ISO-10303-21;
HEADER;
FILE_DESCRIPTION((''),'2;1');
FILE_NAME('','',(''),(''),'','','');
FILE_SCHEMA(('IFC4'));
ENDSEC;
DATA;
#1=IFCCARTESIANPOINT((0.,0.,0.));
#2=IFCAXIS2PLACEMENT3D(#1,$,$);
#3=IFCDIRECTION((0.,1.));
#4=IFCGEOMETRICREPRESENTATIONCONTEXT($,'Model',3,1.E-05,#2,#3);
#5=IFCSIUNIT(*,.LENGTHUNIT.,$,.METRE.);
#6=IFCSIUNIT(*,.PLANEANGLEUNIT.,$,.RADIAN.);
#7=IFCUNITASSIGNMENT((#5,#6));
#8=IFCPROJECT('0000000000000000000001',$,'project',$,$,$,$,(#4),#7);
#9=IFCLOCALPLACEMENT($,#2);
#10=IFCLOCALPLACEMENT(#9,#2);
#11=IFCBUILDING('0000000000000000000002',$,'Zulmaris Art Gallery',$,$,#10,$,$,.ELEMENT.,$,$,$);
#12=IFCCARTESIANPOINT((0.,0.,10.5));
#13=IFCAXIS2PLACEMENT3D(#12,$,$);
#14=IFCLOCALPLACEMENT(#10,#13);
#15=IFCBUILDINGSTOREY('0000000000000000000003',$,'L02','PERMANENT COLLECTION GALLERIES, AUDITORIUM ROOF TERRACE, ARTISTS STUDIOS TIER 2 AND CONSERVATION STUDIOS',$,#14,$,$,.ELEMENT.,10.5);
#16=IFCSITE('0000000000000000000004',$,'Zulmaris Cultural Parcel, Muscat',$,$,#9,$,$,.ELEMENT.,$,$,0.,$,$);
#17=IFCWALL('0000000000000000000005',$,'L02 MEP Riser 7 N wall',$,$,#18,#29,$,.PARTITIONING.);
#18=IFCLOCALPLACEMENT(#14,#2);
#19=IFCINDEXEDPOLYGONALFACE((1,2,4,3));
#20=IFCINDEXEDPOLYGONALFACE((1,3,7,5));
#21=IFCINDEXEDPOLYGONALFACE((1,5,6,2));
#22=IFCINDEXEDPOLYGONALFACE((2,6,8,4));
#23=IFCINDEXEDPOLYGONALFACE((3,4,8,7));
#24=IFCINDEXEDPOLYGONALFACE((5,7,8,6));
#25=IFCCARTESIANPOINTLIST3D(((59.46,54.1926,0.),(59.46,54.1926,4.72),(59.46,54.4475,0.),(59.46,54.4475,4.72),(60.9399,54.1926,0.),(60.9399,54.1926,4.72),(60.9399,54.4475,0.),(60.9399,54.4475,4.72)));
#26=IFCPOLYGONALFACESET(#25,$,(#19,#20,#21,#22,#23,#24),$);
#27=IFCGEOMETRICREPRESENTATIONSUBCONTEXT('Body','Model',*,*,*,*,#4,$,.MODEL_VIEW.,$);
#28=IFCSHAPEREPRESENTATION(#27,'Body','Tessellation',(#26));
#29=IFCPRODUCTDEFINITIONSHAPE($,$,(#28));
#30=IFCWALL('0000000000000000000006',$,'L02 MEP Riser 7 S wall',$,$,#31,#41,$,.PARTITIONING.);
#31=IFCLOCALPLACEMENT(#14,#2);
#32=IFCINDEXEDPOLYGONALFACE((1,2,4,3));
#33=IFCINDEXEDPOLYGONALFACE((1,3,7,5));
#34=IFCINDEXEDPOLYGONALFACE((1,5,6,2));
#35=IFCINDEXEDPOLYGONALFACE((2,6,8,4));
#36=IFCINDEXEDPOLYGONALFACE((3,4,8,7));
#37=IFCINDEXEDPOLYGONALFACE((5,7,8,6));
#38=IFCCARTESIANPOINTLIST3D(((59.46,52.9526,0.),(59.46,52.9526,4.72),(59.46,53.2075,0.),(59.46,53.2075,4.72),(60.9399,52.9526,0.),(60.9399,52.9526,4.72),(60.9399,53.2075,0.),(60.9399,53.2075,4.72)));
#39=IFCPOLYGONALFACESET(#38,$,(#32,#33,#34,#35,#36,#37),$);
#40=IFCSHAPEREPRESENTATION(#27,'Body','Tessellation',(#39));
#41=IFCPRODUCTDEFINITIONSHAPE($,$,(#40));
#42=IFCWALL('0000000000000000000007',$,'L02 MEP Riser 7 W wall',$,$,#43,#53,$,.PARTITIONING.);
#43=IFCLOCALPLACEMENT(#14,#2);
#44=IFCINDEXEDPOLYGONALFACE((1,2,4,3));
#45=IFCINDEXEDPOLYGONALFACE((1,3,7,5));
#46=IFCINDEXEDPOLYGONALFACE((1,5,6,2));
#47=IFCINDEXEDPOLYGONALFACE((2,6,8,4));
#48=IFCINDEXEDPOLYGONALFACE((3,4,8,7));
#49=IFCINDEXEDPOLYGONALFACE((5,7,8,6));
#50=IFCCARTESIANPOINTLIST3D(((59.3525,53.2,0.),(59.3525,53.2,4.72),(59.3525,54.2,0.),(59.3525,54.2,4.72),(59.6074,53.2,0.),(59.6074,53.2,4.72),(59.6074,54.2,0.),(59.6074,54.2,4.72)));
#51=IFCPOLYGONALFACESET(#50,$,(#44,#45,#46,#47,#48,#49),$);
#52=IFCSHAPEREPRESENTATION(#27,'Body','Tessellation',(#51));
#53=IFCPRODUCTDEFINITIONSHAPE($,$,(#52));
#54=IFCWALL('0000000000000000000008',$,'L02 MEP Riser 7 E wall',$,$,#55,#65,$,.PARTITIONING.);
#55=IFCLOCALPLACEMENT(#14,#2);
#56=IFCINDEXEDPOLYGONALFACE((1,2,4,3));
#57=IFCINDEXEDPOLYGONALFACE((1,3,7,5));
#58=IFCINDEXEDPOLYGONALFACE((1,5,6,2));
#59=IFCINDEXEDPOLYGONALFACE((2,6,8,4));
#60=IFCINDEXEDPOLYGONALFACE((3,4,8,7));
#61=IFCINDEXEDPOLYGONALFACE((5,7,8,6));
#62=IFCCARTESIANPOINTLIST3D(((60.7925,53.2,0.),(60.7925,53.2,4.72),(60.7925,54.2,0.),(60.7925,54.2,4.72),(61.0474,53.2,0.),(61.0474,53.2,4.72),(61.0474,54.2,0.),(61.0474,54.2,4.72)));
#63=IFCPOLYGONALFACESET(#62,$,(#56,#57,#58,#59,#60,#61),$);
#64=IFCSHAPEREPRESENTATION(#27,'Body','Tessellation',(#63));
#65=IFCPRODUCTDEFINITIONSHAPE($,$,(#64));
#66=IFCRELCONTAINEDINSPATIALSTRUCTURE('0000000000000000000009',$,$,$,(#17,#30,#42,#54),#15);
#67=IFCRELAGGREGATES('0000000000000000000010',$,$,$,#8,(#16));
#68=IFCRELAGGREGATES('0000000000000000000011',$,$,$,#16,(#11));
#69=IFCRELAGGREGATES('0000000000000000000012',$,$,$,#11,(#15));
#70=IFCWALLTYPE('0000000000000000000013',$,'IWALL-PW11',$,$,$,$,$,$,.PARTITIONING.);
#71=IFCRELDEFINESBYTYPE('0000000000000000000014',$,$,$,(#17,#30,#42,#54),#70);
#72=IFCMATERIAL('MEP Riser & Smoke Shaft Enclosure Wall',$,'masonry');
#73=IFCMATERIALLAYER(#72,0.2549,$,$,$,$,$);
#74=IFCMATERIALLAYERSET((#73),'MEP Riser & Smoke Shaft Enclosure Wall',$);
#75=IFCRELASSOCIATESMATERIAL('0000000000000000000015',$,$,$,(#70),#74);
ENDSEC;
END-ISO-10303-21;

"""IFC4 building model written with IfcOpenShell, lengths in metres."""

from ifc_helpers import new_model, si_unit, direction, frame, frame_2d, origin, place, context, subcontext, project, spatial, rectangle, extrude, material, layer, layer_set, type_object, element, save


model = new_model("IFC4")

# Units and contexts
model_context = context("Model", 3, precision=1e-05, world=origin(), true_north=direction((0.0, 1.0)))
body_context = subcontext(model_context, "Body", "Model", "MODEL_VIEW")
ifc_project = project(units=[si_unit("LENGTHUNIT", "METRE"), si_unit("PLANEANGLEUNIT", "RADIAN")], contexts=[model_context])

# Site, building, storey
site_placement = place(None, origin())
site = spatial("IfcSite", under=ifc_project, at=site_placement, Name="Zulmaris Cultural Parcel, Muscat", CompositionType="ELEMENT", RefElevation=0.0)
building_placement = place(site_placement, origin())
building = spatial("IfcBuilding", under=site, at=building_placement, Name="Zulmaris Art Gallery", CompositionType="ELEMENT")
storey_placement = place(building_placement, frame((0.0, 0.0, 10.5)))
storey = spatial("IfcBuildingStorey", under=building, at=storey_placement, Name="L02", Description="PERMANENT COLLECTION GALLERIES, AUDITORIUM ROOF TERRACE, ARTISTS STUDIOS TIER 2 AND CONSERVATION STUDIOS", CompositionType="ELEMENT", Elevation=10.5)

# Walls
ifc_material_1 = material(Name="MEP Riser & Smoke Shaft Enclosure Wall", Category="masonry")
ifc_layer_1 = layer(ifc_material_1, 0.2549)
ifc_layer_set_1 = layer_set([ifc_layer_1], Name="MEP Riser & Smoke Shaft Enclosure Wall")
wall_type_1 = type_object("IfcWallType", Name="IWALL-PW11", PredefinedType="PARTITIONING", material=ifc_layer_set_1)
for number, where, z_axis, x_axis, name in (
    (1, (59.46, 54.3201, 0.0), (0.0, 0.0, 1.0), (1.0, 0.0, 0.0), "L02 MEP Riser 7 N wall"),
    (2, (59.46, 53.0801, 0.0), (0.0, 0.0, 1.0), (1.0, 0.0, 0.0), "L02 MEP Riser 7 S wall"),
):
    element("IfcWall", number, at=place(storey_placement, frame(where, z_axis=z_axis, x_axis=x_axis)), inside=storey, type_object=wall_type_1, Name=name, PredefinedType="PARTITIONING", context=body_context, shape_type="SweptSolid", body=[
        extrude(rectangle(XDim=1.48, YDim=0.2549, at=frame_2d((0.74, 0.0))), origin(), (0.0, 0.0, 1.0), 4.72),
    ])
for number, where, z_axis, x_axis, name in (
    (3, (59.48, 53.2, 0.0), (0.0, 0.0, 1.0), (0.0, 1.0, 0.0), "L02 MEP Riser 7 W wall"),
    (4, (60.9199, 53.2, 0.0), (0.0, 0.0, 1.0), (0.0, 1.0, 0.0), "L02 MEP Riser 7 E wall"),
):
    element("IfcWall", number, at=place(storey_placement, frame(where, z_axis=z_axis, x_axis=x_axis)), inside=storey, type_object=wall_type_1, Name=name, PredefinedType="PARTITIONING", context=body_context, shape_type="SweptSolid", body=[
        extrude(rectangle(XDim=1.0, YDim=0.2549, at=frame_2d((0.5, 0.0))), origin(), (0.0, 0.0, 1.0), 4.72),
    ])

save(model, "model.ifc")
